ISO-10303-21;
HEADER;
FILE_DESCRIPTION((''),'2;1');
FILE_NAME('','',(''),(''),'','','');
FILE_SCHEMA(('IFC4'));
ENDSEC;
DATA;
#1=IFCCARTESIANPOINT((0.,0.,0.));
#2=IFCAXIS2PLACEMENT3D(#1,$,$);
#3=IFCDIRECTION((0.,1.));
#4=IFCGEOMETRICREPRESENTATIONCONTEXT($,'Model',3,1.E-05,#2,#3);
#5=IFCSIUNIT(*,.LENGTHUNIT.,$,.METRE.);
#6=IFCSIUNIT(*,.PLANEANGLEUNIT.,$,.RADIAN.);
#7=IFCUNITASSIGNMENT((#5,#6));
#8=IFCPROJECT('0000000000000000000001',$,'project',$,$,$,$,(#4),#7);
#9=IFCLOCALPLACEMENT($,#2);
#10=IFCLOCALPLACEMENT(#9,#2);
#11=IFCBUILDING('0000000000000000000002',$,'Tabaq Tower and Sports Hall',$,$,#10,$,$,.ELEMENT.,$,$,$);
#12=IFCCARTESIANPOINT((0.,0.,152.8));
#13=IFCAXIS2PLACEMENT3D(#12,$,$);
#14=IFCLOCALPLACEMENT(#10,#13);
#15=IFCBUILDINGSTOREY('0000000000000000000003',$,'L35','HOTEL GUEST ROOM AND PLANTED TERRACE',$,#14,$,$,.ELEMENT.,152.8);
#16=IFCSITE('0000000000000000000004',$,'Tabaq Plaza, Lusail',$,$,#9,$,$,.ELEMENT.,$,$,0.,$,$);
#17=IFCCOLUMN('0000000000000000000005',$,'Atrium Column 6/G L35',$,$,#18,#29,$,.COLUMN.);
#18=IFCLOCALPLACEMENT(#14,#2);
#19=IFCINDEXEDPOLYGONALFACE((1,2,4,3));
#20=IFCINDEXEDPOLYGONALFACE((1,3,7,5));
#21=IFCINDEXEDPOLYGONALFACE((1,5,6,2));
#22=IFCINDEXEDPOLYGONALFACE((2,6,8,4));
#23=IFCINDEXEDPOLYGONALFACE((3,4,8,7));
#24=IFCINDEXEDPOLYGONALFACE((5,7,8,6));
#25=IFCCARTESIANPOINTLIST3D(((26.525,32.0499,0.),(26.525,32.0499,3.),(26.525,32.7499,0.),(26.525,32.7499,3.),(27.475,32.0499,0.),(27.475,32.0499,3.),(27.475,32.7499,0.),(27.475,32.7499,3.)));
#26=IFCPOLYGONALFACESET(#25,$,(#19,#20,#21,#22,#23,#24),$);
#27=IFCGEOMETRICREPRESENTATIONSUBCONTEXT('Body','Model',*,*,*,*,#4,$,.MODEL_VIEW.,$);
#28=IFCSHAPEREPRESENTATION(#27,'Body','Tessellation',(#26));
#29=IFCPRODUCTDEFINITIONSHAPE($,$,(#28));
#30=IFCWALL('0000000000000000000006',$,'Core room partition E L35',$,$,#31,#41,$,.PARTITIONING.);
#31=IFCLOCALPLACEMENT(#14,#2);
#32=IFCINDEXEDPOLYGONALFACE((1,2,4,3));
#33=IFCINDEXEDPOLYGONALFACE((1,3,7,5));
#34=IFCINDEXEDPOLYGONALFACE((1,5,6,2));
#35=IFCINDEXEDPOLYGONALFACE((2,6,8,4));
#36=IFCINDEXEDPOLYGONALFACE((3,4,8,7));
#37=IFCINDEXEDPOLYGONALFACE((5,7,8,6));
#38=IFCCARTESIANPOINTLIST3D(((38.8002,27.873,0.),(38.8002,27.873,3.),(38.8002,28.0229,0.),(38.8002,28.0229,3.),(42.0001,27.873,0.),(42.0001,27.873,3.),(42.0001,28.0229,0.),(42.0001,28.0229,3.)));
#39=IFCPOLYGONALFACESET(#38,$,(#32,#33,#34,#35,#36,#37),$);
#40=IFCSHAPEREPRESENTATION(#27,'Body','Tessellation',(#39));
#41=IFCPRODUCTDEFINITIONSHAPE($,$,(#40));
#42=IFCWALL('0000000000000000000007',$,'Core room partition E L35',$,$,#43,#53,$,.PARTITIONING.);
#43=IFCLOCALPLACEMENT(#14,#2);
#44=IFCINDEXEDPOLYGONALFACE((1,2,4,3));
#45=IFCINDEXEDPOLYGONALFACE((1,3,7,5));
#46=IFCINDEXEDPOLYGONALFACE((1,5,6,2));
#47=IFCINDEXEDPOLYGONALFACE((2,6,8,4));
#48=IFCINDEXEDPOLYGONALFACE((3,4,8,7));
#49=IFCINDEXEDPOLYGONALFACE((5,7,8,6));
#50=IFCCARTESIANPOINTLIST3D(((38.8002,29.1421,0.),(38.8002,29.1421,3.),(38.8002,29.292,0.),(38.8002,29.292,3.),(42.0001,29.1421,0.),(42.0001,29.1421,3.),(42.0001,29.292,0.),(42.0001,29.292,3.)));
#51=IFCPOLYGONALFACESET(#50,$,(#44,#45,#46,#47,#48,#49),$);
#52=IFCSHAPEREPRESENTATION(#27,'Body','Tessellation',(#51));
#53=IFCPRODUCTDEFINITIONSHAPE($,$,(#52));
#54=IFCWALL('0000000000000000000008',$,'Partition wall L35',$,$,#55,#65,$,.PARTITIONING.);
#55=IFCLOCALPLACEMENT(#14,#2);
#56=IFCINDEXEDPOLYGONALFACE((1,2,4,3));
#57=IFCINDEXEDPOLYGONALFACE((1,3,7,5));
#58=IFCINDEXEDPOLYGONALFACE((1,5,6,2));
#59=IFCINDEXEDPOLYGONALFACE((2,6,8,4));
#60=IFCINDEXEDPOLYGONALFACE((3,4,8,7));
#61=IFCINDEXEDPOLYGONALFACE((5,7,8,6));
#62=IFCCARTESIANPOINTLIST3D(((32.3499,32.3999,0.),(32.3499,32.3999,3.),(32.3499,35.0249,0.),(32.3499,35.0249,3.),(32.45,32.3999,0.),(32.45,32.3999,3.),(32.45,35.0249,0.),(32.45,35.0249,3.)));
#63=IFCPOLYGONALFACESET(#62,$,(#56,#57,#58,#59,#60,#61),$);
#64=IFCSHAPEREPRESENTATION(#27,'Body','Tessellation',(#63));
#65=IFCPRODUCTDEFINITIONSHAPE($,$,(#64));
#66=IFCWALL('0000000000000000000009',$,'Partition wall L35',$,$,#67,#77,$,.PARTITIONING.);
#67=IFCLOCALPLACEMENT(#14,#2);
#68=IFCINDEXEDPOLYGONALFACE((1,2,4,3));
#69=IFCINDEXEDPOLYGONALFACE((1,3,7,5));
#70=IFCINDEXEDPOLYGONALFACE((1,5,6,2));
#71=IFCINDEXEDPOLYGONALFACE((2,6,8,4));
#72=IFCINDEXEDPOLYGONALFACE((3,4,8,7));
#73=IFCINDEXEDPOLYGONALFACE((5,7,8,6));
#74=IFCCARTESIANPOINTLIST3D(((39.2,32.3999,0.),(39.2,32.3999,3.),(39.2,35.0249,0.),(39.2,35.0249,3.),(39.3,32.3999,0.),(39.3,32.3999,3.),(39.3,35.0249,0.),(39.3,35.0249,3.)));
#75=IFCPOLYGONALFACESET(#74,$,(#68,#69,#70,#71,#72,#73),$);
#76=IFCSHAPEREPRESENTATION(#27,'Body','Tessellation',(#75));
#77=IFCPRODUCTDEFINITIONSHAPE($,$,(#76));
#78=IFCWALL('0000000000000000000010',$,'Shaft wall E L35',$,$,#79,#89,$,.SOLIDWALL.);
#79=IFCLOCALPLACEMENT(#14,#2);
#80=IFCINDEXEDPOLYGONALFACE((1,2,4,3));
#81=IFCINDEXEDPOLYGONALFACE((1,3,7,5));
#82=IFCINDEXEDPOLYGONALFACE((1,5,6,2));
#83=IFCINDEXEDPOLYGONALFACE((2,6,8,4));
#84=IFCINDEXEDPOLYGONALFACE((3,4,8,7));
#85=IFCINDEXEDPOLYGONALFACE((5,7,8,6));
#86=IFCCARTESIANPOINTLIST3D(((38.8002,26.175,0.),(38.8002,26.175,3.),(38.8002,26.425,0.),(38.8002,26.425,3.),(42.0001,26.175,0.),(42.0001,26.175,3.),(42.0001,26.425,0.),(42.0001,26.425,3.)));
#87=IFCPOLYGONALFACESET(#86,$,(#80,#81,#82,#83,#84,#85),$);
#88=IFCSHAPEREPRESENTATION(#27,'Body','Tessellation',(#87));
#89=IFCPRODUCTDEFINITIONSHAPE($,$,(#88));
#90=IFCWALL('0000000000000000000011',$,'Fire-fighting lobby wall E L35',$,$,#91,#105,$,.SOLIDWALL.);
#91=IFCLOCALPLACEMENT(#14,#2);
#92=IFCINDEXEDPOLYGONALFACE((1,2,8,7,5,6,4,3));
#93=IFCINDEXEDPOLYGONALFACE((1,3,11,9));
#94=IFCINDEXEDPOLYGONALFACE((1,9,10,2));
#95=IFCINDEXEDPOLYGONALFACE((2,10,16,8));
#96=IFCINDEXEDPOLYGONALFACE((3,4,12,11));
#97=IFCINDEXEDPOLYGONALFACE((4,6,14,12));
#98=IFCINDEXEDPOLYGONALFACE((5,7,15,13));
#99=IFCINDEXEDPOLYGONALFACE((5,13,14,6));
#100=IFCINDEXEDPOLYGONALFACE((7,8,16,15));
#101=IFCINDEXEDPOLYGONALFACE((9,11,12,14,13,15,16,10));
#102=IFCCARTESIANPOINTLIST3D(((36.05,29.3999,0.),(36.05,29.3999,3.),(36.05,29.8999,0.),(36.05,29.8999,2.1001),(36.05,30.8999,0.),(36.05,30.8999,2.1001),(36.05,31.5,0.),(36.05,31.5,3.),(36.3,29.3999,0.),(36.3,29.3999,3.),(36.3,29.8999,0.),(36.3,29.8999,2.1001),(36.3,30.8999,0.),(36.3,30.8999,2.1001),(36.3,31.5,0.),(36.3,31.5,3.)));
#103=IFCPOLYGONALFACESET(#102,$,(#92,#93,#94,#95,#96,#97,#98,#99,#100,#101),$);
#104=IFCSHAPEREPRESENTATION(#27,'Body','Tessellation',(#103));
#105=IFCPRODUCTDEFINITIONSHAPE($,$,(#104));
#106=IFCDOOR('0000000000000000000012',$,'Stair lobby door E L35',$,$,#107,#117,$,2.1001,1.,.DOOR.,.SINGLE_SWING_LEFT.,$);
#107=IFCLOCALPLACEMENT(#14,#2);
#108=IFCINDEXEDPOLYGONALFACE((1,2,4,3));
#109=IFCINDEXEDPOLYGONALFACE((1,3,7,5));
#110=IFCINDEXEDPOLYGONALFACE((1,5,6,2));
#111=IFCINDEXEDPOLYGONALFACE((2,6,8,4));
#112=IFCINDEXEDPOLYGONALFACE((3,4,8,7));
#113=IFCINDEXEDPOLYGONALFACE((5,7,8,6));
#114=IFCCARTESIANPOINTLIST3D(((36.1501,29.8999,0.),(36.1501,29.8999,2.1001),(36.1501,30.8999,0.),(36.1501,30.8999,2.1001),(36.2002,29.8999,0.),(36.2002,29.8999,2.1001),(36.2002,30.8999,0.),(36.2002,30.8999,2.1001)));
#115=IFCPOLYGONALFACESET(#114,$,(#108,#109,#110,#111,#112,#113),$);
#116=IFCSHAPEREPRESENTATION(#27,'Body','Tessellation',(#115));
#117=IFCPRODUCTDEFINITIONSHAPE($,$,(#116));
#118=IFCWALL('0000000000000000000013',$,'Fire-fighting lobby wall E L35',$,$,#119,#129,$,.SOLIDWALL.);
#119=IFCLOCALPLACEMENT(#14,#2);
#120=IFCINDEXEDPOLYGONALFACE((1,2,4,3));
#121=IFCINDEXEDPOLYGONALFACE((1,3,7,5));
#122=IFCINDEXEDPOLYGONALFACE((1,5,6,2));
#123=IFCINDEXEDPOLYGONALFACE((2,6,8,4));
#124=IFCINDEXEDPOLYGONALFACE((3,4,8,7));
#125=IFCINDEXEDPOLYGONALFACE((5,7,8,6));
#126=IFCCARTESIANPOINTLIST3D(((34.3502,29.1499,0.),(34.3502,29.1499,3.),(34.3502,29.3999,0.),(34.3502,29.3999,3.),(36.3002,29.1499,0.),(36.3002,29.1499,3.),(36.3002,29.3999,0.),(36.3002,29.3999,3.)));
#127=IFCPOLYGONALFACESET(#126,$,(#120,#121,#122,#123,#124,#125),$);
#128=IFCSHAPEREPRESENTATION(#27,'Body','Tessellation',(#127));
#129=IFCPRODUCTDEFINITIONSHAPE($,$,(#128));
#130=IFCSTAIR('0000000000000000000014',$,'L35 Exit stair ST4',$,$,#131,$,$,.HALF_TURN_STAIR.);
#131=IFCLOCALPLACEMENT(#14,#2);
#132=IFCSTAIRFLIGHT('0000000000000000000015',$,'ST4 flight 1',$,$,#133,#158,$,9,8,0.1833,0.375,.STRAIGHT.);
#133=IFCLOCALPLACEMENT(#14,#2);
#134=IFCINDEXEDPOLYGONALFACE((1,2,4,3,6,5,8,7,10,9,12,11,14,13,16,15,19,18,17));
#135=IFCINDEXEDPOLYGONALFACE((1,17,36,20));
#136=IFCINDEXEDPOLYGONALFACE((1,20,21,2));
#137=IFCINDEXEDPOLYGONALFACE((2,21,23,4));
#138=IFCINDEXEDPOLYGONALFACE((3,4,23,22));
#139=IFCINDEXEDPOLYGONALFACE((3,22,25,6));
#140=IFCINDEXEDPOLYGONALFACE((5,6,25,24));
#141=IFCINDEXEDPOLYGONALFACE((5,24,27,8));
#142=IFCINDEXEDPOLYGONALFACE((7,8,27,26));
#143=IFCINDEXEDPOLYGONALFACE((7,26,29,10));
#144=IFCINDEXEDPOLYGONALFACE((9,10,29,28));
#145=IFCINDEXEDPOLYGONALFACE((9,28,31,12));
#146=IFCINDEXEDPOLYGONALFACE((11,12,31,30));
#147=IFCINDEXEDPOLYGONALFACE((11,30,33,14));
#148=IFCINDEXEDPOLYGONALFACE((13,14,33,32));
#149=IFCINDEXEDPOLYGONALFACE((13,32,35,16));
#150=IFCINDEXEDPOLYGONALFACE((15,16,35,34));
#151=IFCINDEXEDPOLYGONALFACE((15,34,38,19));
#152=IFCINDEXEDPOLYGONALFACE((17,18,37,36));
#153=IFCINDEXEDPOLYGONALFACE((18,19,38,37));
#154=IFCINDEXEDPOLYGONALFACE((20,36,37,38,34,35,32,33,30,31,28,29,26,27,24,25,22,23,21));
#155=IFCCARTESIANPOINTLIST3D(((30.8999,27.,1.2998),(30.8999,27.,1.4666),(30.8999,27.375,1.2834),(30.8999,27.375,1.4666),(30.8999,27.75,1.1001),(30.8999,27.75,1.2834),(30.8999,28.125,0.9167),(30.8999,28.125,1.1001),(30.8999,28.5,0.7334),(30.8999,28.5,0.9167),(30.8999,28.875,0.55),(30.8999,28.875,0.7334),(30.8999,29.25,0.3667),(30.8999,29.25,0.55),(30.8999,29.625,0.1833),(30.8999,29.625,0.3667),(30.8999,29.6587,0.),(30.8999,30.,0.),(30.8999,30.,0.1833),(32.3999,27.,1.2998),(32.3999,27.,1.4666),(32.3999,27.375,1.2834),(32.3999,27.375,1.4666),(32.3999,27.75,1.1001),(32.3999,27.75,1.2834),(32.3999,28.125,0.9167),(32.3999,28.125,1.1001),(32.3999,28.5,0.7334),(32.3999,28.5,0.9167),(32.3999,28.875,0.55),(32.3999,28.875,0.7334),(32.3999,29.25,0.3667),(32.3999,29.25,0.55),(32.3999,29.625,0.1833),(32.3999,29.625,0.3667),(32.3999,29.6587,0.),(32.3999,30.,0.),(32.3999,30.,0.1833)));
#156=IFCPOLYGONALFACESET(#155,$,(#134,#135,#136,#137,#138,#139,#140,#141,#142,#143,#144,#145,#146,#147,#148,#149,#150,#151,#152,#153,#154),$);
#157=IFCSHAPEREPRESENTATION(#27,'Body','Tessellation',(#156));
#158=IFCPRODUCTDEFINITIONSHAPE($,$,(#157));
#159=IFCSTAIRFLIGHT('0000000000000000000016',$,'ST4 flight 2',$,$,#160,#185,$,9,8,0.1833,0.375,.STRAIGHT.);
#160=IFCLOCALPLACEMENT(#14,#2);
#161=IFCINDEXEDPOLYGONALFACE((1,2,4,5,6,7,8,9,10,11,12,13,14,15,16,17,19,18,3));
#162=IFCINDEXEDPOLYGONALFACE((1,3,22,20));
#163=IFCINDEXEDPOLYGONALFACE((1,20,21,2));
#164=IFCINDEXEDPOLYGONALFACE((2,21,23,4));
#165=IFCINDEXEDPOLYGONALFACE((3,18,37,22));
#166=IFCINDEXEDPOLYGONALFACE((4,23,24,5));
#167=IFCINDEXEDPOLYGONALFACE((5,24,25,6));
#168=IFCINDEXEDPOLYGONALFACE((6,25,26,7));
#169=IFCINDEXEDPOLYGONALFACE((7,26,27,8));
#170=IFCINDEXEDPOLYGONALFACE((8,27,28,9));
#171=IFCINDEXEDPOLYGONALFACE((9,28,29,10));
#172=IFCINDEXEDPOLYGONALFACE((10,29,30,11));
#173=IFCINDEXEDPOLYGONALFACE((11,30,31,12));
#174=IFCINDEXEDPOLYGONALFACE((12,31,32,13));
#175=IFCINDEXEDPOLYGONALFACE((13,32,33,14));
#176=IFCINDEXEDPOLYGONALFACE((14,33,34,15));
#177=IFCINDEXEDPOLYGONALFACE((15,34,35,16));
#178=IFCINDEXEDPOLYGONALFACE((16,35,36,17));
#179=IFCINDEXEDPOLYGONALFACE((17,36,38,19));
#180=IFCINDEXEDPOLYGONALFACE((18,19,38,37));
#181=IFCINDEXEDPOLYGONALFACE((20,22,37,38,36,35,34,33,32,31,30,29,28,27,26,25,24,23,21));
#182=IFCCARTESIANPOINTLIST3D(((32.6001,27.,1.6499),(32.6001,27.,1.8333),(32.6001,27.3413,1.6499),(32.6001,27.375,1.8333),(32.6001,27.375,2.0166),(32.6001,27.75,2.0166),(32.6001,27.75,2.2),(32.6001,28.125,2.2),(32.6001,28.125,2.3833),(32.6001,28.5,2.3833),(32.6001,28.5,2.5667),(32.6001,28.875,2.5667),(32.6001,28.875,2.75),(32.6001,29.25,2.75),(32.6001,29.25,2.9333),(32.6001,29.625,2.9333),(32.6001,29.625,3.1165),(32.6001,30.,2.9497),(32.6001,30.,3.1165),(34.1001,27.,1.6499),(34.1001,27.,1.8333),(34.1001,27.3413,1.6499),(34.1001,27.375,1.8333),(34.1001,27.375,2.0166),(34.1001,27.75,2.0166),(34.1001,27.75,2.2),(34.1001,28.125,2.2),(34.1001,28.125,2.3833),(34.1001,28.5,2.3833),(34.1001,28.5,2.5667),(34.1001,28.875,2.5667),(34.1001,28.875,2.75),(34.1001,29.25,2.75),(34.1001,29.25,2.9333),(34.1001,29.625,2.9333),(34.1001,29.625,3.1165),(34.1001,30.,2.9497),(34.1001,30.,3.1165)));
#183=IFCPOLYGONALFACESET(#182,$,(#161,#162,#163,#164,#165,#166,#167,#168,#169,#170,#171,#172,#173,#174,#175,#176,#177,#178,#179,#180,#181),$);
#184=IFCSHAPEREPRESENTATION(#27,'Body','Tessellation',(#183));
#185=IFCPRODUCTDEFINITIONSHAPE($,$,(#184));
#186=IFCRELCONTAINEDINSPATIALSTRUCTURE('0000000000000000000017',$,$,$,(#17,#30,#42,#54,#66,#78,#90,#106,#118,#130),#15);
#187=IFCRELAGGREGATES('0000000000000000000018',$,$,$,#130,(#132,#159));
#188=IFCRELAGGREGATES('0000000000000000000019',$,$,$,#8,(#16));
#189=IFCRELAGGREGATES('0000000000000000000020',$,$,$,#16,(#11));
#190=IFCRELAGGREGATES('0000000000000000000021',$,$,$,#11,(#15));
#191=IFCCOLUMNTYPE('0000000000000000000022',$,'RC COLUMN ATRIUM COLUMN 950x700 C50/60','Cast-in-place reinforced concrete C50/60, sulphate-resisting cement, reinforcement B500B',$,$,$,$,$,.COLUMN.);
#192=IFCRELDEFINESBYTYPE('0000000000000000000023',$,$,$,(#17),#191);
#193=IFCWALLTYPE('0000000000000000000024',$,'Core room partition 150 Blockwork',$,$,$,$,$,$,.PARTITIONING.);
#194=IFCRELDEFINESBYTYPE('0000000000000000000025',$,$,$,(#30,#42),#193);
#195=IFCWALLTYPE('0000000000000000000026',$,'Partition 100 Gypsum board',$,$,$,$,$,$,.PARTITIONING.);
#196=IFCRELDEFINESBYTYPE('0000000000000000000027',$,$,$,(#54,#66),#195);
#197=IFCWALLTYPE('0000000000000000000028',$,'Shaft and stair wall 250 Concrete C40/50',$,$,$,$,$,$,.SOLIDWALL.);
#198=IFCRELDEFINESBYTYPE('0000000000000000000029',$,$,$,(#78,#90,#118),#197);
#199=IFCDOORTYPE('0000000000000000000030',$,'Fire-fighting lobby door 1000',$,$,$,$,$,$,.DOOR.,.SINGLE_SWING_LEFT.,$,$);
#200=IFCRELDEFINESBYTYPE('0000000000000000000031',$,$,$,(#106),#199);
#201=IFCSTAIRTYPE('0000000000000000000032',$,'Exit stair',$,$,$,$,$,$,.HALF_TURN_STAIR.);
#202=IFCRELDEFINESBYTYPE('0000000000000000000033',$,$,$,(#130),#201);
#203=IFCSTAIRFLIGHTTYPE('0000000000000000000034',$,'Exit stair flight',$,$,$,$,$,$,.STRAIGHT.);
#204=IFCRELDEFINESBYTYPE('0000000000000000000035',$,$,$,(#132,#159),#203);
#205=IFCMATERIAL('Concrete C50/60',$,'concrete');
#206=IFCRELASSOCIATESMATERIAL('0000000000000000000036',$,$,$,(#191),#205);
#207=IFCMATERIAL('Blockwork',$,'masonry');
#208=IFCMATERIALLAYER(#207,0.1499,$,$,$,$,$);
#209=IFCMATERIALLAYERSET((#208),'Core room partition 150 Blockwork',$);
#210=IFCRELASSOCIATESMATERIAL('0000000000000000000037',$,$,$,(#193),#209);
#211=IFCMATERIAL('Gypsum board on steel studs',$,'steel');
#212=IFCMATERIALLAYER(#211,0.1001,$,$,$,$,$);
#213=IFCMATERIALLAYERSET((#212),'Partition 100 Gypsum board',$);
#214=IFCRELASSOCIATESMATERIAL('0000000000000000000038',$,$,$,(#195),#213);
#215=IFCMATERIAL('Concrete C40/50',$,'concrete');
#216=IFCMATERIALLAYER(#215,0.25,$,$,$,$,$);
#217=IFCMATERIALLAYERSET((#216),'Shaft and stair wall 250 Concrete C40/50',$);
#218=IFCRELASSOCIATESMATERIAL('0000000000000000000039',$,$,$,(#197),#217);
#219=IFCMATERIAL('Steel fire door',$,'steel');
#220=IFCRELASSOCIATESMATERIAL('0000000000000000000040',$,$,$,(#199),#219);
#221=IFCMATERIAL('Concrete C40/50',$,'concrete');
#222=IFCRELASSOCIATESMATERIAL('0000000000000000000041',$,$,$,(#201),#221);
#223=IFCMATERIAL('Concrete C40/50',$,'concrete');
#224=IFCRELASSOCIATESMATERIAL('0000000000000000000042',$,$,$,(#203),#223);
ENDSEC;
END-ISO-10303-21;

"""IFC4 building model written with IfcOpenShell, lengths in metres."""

from ifc_helpers import new_model, si_unit, direction, frame, frame_2d, origin, origin_2d, place, context, subcontext, project, spatial, polyline, rectangle, outline, extrude, material, layer, layer_set, material_profile, profile_set, type_object, element, fill, aggregate, save


model = new_model("IFC4")

# Units and contexts
model_context = context("Model", 3, precision=1e-05, world=origin(), true_north=direction((0.0, 1.0)))
body_context = subcontext(model_context, "Body", "Model", "MODEL_VIEW")
ifc_project = project(units=[si_unit("LENGTHUNIT", "METRE"), si_unit("PLANEANGLEUNIT", "RADIAN")], contexts=[model_context])

# Site, building, storey
site_placement = place(None, origin())
site = spatial("IfcSite", under=ifc_project, at=site_placement, Name="Tabaq Plaza, Lusail", CompositionType="ELEMENT", RefElevation=0.0)
building_placement = place(site_placement, origin())
building = spatial("IfcBuilding", under=site, at=building_placement, Name="Tabaq Tower and Sports Hall", CompositionType="ELEMENT")
storey_placement = place(building_placement, frame((0.0, 0.0, 152.8)))
storey = spatial("IfcBuildingStorey", under=building, at=storey_placement, Name="L35", Description="HOTEL GUEST ROOM AND PLANTED TERRACE", CompositionType="ELEMENT", Elevation=152.8)

# Column
ifc_material_1 = material(Name="Concrete C50/60", Category="concrete")
ifc_material_profile = material_profile(ifc_material_1, rectangle(XDim=0.95, YDim=0.7, at=origin_2d()), Name="ATRIUM COLUMN 950x700")
ifc_profile_set = profile_set([ifc_material_profile], Name="Concrete C50/60")
column_type = type_object("IfcColumnType", Name="RC COLUMN ATRIUM COLUMN 950x700 C50/60", Description="Cast-in-place reinforced concrete C50/60, sulphate-resisting cement, reinforcement B500B", PredefinedType="COLUMN", material=ifc_profile_set)
column_placement = place(storey_placement, frame((27.0, 32.3999, 0.0), z_axis=(0.0, 0.0, 1.0), x_axis=(1.0, 0.0, 0.0)))
element("IfcColumn", 1, at=column_placement, inside=storey, type_object=column_type, Name="Atrium Column 6/G L35", PredefinedType="COLUMN", context=body_context, shape_type="SweptSolid", body=[
    extrude(rectangle(XDim=0.95, YDim=0.7, at=origin_2d()), origin(), (0.0, 0.0, 1.0), 3.0),
])

# Walls
ifc_material_2 = material(Name="Blockwork", Category="masonry")
ifc_layer_1 = layer(ifc_material_2, 0.1499)
ifc_layer_set_1 = layer_set([ifc_layer_1], Name="Core room partition 150 Blockwork")
wall_type_1 = type_object("IfcWallType", Name="Core room partition 150 Blockwork", PredefinedType="PARTITIONING", material=ifc_layer_set_1)
for number, where, z_axis, x_axis, name in (
    (2, (38.8, 27.948, 0.0), (0.0, 0.0, 1.0), (1.0, 0.0, 0.0), "Core room partition E L35"),
    (3, (38.8, 29.217, 0.0), (0.0, 0.0, 1.0), (1.0, 0.0, 0.0), "Core room partition E L35"),
):
    element("IfcWall", number, at=place(storey_placement, frame(where, z_axis=z_axis, x_axis=x_axis)), inside=storey, type_object=wall_type_1, Name=name, PredefinedType="PARTITIONING", context=body_context, shape_type="SweptSolid", body=[
        extrude(rectangle(XDim=3.2, YDim=0.1499, at=frame_2d((1.6001, 0.0))), origin(), (0.0, 0.0, 1.0), 3.0),
    ])

# Walls
ifc_material_3 = material(Name="Gypsum board on steel studs", Category="steel")
ifc_layer_2 = layer(ifc_material_3, 0.1001)
ifc_layer_set_2 = layer_set([ifc_layer_2], Name="Partition 100 Gypsum board")
wall_type_2 = type_object("IfcWallType", Name="Partition 100 Gypsum board", PredefinedType="PARTITIONING", material=ifc_layer_set_2)
for number, where, z_axis, x_axis, name in (
    (4, (32.3999, 32.3999, 0.0), (0.0, 0.0, 1.0), (0.0, 1.0, 0.0), "Partition wall L35"),
    (5, (39.25, 32.3999, 0.0), (0.0, 0.0, 1.0), (0.0, 1.0, 0.0), "Partition wall L35"),
):
    element("IfcWall", number, at=place(storey_placement, frame(where, z_axis=z_axis, x_axis=x_axis)), inside=storey, type_object=wall_type_2, Name=name, PredefinedType="PARTITIONING", context=body_context, shape_type="SweptSolid", body=[
        extrude(rectangle(XDim=2.625, YDim=0.1001, at=frame_2d((1.3125, 0.0))), origin(), (0.0, 0.0, 1.0), 3.0),
    ])
ifc_material_4 = material(Name="Concrete C40/50", Category="concrete")
ifc_layer_3 = layer(ifc_material_4, 0.25)
ifc_layer_set_3 = layer_set([ifc_layer_3], Name="Shaft and stair wall 250 Concrete C40/50")
wall_type_3 = type_object("IfcWallType", Name="Shaft and stair wall 250 Concrete C40/50", PredefinedType="SOLIDWALL", material=ifc_layer_set_3)
wall_1_placement = place(storey_placement, frame((38.8, 26.3, 0.0), z_axis=(0.0, 0.0, 1.0), x_axis=(1.0, 0.0, 0.0)))
element("IfcWall", 6, at=wall_1_placement, inside=storey, type_object=wall_type_3, Name="Shaft wall E L35", PredefinedType="SOLIDWALL", context=body_context, shape_type="SweptSolid", body=[
    extrude(rectangle(XDim=3.2, YDim=0.25, at=frame_2d((1.6001, 0.0))), origin(), (0.0, 0.0, 1.0), 3.0),
])

# Wall, opening, door
wall_2_placement = place(storey_placement, frame((36.175, 29.3999, 0.0), z_axis=(0.0, 0.0, 1.0), x_axis=(0.0, 1.0, 0.0)))
wall_2 = element("IfcWall", 7, at=wall_2_placement, inside=storey, type_object=wall_type_3, Name="Fire-fighting lobby wall E L35", PredefinedType="SOLIDWALL", context=body_context, shape_type="SweptSolid", body=[
    extrude(rectangle(XDim=2.1001, YDim=0.25, at=frame_2d((1.05, 0.0))), origin(), (0.0, 0.0, 1.0), 3.0),
])
opening_1_placement = place(wall_2_placement, frame((0.5, 0.0, 0.0)))
opening_1 = element("IfcOpeningElement", 8, at=opening_1_placement, cuts=wall_2, PredefinedType="OPENING", context=body_context, shape_type="SweptSolid", body=[
    extrude(rectangle(XDim=1.0, YDim=2.1001, at=frame_2d((0.5, 1.05))), frame((0.0, 0.125, 0.0), z_axis=(0.0, -1.0, 0.0), x_axis=(1.0, 0.0, 0.0)), (0.0, 0.0, 1.0), 0.25),
])
ifc_material_5 = material(Name="Steel fire door", Category="steel")
door_type_1 = type_object("IfcDoorType", Name="Fire-fighting lobby door 1000", OperationType="SINGLE_SWING_LEFT", PredefinedType="DOOR", material=ifc_material_5)
door_1_placement = place(opening_1_placement, origin())
door_1 = element("IfcDoor", 9, at=door_1_placement, inside=storey, type_object=door_type_1, Name="Stair lobby door E L35", OperationType="SINGLE_SWING_LEFT", OverallHeight=2.1001, OverallWidth=1.0, PredefinedType="DOOR", context=body_context, shape_type="SweptSolid", body=[
    extrude(rectangle(XDim=1.0, YDim=2.1001, at=frame_2d((0.5, 1.05))), frame((0.0, 0.0249, 0.0), z_axis=(0.0, -1.0, 0.0), x_axis=(1.0, 0.0, 0.0)), (0.0, 0.0, 1.0), 0.05),
])
fill(opening_1, door_1)

# Wall
wall_3_placement = place(storey_placement, frame((34.3501, 29.2749, 0.0), z_axis=(0.0, 0.0, 1.0), x_axis=(1.0, 0.0, 0.0)))
element("IfcWall", 10, at=wall_3_placement, inside=storey, type_object=wall_type_3, Name="Fire-fighting lobby wall E L35", PredefinedType="SOLIDWALL", context=body_context, shape_type="SweptSolid", body=[
    extrude(rectangle(XDim=1.95, YDim=0.25, at=frame_2d((0.9751, 0.0))), origin(), (0.0, 0.0, 1.0), 3.0),
])

# Stair, stair flights
ifc_material_6 = material(Name="Concrete C40/50", Category="concrete")
stair_type = type_object("IfcStairType", Name="Exit stair", PredefinedType="HALF_TURN_STAIR", material=ifc_material_6)
stair_placement = place(storey_placement, origin())
stair = element("IfcStair", 11, at=stair_placement, inside=storey, type_object=stair_type, Name="L35 Exit stair ST4", PredefinedType="HALF_TURN_STAIR")
ifc_material_7 = material(Name="Concrete C40/50", Category="concrete")
stair_flight_type = type_object("IfcStairFlightType", Name="Exit stair flight", PredefinedType="STRAIGHT", material=ifc_material_7)
stair_flight_1_placement = place(storey_placement, frame((31.6499, 30.0, 0.0), z_axis=(0.0, 0.0, 1.0), x_axis=(0.0, -1.0, 0.0)))
stair_flight_1 = element("IfcStairFlight", 12, at=stair_flight_1_placement, type_object=stair_flight_type, Name="ST4 flight 1", NumberOfRisers=9, NumberOfTreads=8, PredefinedType="STRAIGHT", RiserHeight=0.1833, TreadLength=0.375, context=body_context, shape_type="SweptSolid", body=[
    extrude(outline(polyline([(0.0, 0.0), (0.0, 0.1833), (0.375, 0.1833), (0.375, 0.3667), (0.75, 0.3667), (0.75, 0.55), (1.125, 0.55), (1.125, 0.7334), (1.5, 0.7334), (1.5, 0.9167), (1.875, 0.9167), (1.875, 1.1001), (2.25, 1.1001), (2.25, 1.2834), (2.625, 1.2834), (2.625, 1.4666), (3.0, 1.4666), (3.0, 1.6499), (3.0, 1.2998), (0.3413, 0.0), (0.0, 0.0)])), frame((0.0, 0.75, 0.0), z_axis=(0.0, -1.0, 0.0), x_axis=(1.0, 0.0, 0.0)), (0.0, 0.0, 1.0), 1.5),
])
stair_flight_2_placement = place(storey_placement, frame((33.3501, 27.0, 1.6499), z_axis=(0.0, 0.0, 1.0), x_axis=(0.0, 1.0, 0.0)))
stair_flight_2 = element("IfcStairFlight", 13, at=stair_flight_2_placement, type_object=stair_flight_type, Name="ST4 flight 2", NumberOfRisers=9, NumberOfTreads=8, PredefinedType="STRAIGHT", RiserHeight=0.1833, TreadLength=0.375, context=body_context, shape_type="SweptSolid", body=[
    extrude(outline(polyline([(0.0, 0.0), (0.0, 0.1833), (0.375, 0.1833), (0.375, 0.3667), (0.75, 0.3667), (0.75, 0.55), (1.125, 0.55), (1.125, 0.7334), (1.5, 0.7334), (1.5, 0.9167), (1.875, 0.9167), (1.875, 1.1001), (2.25, 1.1001), (2.25, 1.2834), (2.625, 1.2834), (2.625, 1.4666), (3.0, 1.4666), (3.0, 1.6499), (3.0, 1.2998), (0.3413, 0.0), (0.0, 0.0)])), frame((0.0, 0.75, 0.0), z_axis=(0.0, -1.0, 0.0), x_axis=(1.0, 0.0, 0.0)), (0.0, 0.0, 1.0), 1.5),
])
aggregate(stair, [stair_flight_1, stair_flight_2])

save(model, "model.ifc")
